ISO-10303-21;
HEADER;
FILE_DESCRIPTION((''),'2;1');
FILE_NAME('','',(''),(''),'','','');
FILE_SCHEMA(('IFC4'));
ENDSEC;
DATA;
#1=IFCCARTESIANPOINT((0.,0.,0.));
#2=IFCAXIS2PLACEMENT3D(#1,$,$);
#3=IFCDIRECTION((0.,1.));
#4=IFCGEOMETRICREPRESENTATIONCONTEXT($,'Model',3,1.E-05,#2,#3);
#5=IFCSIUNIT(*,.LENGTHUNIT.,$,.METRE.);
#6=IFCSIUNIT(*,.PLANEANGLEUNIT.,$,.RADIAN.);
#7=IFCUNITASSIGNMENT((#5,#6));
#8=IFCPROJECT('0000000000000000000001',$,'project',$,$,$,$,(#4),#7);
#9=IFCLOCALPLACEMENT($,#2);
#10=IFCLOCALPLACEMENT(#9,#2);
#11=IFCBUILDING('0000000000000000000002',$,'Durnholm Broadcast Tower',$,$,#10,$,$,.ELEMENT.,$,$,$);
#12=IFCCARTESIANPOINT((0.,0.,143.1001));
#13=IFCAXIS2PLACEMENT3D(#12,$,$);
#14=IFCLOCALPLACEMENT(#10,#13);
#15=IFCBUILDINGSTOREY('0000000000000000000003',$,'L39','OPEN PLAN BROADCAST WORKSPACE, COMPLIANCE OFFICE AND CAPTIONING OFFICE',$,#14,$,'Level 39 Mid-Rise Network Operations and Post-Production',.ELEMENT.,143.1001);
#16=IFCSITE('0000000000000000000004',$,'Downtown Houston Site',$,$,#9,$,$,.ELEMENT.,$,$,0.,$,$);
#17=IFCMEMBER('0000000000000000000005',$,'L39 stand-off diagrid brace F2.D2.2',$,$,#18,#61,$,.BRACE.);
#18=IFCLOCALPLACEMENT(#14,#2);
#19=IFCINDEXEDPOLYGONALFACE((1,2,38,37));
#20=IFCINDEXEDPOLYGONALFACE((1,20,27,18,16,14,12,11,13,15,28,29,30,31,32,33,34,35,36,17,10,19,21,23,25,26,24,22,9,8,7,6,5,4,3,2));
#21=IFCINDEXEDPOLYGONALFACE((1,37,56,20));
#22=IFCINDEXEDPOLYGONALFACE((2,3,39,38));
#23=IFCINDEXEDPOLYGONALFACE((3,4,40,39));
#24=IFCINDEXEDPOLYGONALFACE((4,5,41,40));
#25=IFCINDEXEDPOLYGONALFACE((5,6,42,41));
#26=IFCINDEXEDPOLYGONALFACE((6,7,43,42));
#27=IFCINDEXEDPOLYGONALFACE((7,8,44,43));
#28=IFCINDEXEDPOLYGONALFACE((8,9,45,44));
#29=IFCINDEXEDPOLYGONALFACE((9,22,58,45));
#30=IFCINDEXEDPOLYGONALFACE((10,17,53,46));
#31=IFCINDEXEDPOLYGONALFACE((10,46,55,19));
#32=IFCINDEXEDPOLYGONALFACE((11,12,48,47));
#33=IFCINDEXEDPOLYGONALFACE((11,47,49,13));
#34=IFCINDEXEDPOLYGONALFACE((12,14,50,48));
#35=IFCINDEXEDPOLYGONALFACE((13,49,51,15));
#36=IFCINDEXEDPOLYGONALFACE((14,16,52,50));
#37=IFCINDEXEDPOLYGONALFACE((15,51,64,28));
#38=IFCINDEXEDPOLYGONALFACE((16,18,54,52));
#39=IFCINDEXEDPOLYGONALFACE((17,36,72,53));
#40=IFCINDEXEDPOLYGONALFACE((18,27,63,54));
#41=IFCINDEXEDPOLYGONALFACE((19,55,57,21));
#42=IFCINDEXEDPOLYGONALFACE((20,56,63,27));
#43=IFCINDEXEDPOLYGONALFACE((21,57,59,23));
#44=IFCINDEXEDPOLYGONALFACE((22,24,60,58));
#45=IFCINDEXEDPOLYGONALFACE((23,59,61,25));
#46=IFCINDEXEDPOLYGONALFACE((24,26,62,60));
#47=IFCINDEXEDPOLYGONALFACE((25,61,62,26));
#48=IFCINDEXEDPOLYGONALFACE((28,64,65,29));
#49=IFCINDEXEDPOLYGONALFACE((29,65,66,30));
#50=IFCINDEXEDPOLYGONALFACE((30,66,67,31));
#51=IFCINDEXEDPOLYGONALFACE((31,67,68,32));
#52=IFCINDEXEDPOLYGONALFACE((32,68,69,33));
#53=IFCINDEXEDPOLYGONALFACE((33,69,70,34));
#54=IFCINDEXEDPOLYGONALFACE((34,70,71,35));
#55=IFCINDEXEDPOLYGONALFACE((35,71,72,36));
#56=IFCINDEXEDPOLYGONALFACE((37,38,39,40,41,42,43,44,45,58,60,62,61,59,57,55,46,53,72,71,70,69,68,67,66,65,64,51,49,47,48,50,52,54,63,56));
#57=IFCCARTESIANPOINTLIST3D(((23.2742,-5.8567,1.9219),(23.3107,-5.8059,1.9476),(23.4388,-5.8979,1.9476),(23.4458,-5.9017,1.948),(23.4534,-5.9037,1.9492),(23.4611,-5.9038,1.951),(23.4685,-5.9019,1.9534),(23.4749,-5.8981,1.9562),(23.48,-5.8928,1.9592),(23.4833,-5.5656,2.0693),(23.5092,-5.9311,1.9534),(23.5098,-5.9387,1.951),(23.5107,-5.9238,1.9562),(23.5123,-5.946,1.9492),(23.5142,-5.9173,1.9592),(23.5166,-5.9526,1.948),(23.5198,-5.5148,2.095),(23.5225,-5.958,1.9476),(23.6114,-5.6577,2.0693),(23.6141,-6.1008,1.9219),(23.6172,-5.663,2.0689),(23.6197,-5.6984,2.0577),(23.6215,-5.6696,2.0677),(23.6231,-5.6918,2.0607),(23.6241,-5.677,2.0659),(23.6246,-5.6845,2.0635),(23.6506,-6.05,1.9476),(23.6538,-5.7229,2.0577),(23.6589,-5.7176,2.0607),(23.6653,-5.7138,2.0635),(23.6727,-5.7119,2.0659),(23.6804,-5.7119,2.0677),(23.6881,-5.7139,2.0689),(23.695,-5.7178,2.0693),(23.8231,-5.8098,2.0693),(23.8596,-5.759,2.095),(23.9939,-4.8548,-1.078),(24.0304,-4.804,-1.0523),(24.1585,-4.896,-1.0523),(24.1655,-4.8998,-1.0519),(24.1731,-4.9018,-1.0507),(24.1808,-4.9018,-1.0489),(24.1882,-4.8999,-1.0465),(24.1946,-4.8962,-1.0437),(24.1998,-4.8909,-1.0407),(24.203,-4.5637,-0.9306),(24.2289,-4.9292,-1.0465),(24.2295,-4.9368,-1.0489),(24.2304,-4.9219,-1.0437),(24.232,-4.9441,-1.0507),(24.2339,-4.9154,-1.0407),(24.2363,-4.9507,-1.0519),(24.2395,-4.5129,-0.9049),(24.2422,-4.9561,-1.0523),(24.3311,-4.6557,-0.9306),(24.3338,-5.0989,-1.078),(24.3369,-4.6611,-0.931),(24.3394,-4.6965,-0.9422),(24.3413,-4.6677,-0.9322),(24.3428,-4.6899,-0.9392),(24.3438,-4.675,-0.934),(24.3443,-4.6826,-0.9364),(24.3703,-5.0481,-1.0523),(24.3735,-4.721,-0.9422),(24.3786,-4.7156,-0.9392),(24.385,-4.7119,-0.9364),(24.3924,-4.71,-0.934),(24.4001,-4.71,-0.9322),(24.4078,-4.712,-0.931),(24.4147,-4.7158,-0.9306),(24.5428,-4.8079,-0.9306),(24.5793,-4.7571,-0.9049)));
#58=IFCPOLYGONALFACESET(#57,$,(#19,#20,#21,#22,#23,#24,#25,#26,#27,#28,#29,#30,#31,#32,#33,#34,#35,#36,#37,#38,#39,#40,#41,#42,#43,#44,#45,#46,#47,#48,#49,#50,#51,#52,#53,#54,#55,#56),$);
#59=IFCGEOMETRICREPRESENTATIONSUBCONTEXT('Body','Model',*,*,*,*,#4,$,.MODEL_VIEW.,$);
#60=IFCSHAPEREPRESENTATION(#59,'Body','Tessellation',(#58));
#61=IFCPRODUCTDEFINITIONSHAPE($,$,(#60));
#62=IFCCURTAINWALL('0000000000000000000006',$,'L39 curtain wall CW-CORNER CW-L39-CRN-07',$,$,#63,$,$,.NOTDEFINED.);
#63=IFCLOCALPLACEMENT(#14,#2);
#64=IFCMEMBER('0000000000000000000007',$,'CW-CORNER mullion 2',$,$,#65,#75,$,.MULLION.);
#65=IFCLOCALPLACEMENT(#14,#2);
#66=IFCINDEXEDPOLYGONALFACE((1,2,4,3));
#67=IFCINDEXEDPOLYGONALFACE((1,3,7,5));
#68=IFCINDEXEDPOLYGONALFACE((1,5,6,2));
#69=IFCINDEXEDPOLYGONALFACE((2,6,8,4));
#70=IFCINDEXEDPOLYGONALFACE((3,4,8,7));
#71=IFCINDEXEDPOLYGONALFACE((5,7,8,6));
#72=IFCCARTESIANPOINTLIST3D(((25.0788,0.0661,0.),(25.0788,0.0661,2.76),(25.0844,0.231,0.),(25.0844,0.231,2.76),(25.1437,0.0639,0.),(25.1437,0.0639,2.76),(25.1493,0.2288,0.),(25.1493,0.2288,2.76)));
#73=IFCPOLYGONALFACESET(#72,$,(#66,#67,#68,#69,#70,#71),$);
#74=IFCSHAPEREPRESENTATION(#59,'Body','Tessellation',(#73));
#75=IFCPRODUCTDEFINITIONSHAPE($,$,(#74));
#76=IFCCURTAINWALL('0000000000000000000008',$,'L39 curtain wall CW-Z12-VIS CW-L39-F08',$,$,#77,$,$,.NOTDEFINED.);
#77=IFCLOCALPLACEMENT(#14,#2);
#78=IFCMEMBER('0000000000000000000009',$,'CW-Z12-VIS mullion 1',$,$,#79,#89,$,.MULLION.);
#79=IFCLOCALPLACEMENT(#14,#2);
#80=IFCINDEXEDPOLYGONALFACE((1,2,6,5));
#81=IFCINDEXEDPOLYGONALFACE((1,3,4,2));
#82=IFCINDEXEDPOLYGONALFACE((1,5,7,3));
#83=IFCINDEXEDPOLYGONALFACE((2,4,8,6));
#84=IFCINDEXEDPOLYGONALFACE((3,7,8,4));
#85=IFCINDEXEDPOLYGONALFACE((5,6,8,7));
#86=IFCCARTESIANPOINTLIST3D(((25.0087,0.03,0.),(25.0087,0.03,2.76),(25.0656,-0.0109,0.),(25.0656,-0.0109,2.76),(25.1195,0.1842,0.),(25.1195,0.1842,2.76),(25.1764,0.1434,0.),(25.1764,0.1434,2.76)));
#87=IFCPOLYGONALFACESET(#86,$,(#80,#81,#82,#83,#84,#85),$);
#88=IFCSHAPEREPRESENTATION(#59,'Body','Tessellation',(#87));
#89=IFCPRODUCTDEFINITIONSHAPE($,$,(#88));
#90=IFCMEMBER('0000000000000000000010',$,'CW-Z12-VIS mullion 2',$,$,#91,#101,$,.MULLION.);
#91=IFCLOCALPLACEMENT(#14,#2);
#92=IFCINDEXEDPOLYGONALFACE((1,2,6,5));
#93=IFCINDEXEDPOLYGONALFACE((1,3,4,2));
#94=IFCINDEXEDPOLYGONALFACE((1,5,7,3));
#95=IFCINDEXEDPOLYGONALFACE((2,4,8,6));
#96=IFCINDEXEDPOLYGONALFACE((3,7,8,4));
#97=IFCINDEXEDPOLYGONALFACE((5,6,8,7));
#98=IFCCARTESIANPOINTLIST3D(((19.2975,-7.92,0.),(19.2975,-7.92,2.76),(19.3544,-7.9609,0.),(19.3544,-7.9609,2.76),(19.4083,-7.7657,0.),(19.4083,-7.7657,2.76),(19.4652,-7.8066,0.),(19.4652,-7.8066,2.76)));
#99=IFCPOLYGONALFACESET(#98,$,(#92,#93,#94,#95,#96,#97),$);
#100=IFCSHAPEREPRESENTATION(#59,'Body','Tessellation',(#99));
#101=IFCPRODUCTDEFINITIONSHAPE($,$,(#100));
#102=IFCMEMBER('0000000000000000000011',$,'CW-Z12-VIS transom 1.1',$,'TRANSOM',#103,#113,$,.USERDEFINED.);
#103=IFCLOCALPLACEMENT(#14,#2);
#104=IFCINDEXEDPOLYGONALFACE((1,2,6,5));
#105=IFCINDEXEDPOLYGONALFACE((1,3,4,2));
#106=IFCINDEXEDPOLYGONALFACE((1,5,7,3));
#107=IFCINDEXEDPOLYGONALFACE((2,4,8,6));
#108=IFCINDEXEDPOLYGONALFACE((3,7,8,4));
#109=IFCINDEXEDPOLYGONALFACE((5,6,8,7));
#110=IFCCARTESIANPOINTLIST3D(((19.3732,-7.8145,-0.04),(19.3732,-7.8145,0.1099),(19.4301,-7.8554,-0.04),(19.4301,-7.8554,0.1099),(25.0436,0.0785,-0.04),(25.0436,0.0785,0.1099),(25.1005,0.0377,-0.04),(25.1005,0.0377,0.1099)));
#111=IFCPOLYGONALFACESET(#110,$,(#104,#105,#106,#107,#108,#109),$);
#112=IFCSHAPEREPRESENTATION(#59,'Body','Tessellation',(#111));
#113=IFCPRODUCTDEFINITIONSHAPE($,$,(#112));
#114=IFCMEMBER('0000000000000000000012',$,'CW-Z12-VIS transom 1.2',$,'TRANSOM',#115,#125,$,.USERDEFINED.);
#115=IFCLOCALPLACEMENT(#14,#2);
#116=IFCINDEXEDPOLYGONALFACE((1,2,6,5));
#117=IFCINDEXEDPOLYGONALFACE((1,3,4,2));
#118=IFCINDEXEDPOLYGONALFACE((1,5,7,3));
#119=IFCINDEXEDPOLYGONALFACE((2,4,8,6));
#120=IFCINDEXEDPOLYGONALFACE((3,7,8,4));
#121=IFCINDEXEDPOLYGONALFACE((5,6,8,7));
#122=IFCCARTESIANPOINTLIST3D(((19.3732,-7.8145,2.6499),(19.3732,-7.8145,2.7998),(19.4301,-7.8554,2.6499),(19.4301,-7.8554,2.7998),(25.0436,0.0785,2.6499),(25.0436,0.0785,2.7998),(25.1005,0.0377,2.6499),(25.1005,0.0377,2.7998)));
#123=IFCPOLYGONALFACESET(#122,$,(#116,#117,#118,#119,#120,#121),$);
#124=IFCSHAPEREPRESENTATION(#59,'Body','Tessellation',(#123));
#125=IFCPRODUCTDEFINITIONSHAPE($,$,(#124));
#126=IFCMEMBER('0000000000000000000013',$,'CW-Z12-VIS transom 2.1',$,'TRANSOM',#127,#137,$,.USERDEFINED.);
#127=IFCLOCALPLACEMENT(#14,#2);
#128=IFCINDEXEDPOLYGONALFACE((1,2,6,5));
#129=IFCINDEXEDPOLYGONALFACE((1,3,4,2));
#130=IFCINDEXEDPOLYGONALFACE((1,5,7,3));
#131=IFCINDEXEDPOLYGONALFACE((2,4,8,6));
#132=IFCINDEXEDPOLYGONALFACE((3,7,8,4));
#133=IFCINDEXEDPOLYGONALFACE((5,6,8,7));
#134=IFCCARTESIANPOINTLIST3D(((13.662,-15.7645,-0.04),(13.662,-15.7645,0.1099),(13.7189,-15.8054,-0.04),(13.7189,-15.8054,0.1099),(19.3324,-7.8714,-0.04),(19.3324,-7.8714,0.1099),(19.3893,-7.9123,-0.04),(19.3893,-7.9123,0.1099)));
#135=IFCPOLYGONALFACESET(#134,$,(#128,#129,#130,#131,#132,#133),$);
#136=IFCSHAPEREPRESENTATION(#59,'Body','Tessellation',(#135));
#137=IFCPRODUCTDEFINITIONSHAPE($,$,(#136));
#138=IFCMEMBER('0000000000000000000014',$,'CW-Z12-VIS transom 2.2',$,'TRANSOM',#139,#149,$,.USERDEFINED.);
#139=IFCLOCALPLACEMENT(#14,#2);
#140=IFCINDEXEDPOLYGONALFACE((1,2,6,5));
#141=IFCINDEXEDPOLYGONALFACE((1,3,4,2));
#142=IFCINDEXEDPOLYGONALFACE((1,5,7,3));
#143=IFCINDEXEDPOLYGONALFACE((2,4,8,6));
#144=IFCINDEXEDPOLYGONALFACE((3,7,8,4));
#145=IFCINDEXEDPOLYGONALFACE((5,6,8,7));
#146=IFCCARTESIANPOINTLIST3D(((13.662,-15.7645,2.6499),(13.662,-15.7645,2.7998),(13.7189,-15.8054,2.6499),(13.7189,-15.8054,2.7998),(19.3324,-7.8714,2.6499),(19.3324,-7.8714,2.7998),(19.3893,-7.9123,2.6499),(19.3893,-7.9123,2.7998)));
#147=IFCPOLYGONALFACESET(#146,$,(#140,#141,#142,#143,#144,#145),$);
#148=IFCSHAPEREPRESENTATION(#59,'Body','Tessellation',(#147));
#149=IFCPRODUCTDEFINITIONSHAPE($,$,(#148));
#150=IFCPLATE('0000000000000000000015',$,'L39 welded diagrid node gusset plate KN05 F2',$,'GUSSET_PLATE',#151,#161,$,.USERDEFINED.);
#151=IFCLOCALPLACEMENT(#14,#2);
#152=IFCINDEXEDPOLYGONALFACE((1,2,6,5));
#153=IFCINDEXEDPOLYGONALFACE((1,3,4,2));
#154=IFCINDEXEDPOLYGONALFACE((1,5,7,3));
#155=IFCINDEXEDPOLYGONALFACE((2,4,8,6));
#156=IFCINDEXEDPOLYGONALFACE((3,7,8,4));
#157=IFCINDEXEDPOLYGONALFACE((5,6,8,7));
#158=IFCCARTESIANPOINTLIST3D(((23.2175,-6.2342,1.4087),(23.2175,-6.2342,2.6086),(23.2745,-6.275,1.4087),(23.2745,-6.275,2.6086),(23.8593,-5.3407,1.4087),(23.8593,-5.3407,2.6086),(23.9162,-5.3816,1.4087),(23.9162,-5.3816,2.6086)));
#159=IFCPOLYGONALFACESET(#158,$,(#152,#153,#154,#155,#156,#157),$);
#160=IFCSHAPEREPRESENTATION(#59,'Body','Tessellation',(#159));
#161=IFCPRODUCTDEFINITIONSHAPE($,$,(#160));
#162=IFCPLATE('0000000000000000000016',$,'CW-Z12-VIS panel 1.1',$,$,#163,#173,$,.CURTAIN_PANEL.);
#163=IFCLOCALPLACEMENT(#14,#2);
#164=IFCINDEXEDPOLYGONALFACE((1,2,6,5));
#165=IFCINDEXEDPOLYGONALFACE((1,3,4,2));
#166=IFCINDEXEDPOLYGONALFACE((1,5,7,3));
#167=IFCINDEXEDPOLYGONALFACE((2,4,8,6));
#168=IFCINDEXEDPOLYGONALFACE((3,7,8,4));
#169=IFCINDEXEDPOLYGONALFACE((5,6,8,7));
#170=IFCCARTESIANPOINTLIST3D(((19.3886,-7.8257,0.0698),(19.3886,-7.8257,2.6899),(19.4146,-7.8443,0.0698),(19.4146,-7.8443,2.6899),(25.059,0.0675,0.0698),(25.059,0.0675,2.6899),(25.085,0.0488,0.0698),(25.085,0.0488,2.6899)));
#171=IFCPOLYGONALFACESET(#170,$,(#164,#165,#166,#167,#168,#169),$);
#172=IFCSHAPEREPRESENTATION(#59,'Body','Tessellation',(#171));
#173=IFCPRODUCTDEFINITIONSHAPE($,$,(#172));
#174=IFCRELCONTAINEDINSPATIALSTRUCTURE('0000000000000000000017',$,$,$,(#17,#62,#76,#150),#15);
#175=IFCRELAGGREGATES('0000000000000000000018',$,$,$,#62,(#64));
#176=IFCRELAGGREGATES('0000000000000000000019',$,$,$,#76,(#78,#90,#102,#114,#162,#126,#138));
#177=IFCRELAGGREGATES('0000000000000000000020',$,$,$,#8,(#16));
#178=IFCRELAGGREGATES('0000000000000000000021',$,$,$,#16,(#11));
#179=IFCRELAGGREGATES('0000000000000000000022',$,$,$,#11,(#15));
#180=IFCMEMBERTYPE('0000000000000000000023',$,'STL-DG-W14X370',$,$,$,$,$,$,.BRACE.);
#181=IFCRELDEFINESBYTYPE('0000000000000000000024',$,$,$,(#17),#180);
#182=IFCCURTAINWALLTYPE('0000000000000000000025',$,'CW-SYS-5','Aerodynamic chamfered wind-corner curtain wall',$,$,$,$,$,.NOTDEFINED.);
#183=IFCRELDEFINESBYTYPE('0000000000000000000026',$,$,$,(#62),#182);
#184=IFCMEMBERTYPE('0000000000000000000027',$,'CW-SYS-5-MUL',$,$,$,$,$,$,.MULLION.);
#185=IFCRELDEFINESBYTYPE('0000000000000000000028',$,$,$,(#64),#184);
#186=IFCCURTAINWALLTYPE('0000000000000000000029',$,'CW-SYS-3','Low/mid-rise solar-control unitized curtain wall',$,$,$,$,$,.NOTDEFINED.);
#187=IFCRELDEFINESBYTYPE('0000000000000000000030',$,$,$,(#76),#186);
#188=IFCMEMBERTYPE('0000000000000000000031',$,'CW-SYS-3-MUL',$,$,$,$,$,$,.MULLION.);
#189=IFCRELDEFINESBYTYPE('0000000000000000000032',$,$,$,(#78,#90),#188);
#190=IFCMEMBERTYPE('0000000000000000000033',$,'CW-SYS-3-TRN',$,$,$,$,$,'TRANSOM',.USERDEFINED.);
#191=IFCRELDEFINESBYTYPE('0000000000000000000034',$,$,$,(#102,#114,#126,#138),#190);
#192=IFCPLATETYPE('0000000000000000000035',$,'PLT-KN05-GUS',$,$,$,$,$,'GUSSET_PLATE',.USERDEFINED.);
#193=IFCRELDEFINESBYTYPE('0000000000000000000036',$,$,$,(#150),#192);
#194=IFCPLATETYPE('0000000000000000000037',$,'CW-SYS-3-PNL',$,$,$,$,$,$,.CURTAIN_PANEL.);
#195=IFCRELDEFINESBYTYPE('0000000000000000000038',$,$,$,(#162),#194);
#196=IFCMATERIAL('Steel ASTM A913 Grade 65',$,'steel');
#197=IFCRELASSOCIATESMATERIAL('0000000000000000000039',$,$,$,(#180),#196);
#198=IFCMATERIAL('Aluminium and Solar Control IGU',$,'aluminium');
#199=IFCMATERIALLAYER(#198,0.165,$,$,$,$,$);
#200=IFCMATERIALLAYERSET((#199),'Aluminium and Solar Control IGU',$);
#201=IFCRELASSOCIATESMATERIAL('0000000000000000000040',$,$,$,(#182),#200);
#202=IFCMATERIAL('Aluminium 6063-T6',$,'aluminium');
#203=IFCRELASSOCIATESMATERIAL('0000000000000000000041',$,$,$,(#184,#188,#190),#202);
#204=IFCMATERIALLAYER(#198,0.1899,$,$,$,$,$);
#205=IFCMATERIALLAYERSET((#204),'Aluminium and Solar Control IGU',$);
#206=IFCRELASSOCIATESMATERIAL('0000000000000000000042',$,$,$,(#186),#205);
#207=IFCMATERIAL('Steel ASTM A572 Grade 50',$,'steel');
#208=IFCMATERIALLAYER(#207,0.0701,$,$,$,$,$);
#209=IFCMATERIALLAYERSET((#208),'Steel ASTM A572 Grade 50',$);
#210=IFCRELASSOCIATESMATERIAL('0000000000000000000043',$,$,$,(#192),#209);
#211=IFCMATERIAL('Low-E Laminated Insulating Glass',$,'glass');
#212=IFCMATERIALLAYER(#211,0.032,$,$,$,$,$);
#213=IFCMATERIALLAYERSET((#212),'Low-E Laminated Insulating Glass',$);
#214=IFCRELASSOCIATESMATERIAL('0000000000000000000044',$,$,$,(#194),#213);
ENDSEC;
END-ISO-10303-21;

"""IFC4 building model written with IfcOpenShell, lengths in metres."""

from ifc_helpers import new_model, si_unit, direction, frame, origin, origin_2d, place, context, subcontext, project, spatial, rectangle, i_section, extrude, source, transform, mapped, material, layer, layer_set, material_profile, profile_set, type_object, type_shapes, element, aggregate, save


model = new_model("IFC4")

# Units and contexts
model_context = context("Model", 3, precision=1e-05, world=origin(), true_north=direction((0.0, 1.0)))
body_context = subcontext(model_context, "Body", "Model", "MODEL_VIEW")
ifc_project = project(units=[si_unit("LENGTHUNIT", "METRE"), si_unit("PLANEANGLEUNIT", "RADIAN")], contexts=[model_context])

# Site, building, storey
site_placement = place(None, origin())
site = spatial("IfcSite", under=ifc_project, at=site_placement, Name="Downtown Houston Site", CompositionType="ELEMENT", RefElevation=0.0)
building_placement = place(site_placement, origin())
building = spatial("IfcBuilding", under=site, at=building_placement, Name="Durnholm Broadcast Tower", CompositionType="ELEMENT")
storey_placement = place(building_placement, frame((0.0, 0.0, 143.1001)))
storey = spatial("IfcBuildingStorey", under=building, at=storey_placement, Name="L39", Description="OPEN PLAN BROADCAST WORKSPACE, COMPLIANCE OFFICE AND CAPTIONING OFFICE", LongName="Level 39 Mid-Rise Network Operations and Post-Production", CompositionType="ELEMENT", Elevation=143.1001)

# Member
ifc_material_1 = material(Name="Steel ASTM A913 Grade 65", Category="steel")
ifc_material_profile_1 = material_profile(ifc_material_1, i_section(OverallWidth=0.4185, OverallDepth=0.4551, WebThickness=0.042, FlangeThickness=0.0676, FilletRadius=0.0305, at=origin_2d()), Name="W14X370")
ifc_profile_set_1 = profile_set([ifc_material_profile_1], Name="Steel ASTM A913 Grade 65")
member_type_1 = type_object("IfcMemberType", Name="STL-DG-W14X370", PredefinedType="BRACE", material=ifc_profile_set_1)
shared_shape_1 = source(origin(), body_context, "Body", "SweptSolid", [
    extrude(i_section(OverallWidth=0.4185, OverallDepth=0.4551, WebThickness=0.042, FlangeThickness=0.0676, FilletRadius=0.0305, at=origin_2d()), origin(), (0.0, 0.0, 1.0), 3.2437),
])
member_1_placement = place(storey_placement, frame((24.2866, -4.8059, -0.9915), z_axis=(-0.221881, -0.308887, 0.924855), x_axis=(0.812179, -0.583408, 0.0)))
element("IfcMember", 1, at=member_1_placement, inside=storey, type_object=member_type_1, Name="L39 stand-off diagrid brace F2.D2.2", PredefinedType="BRACE", context=body_context, shape_type="MappedRepresentation", body=[
    mapped(shared_shape_1, transform((0.0, 0.0, 0.0), x_axis=(1.0, 0.0, 0.0), y_axis=(0.0, 1.0, 0.0), z_axis=(0.0, 0.0, 1.0), scale=1.0)),
])

# Curtain wall, member
ifc_material_2 = material(Name="Aluminium and Solar Control IGU", Category="aluminium")
ifc_layer_1 = layer(ifc_material_2, 0.165)
ifc_layer_set_1 = layer_set([ifc_layer_1], Name="Aluminium and Solar Control IGU")
curtain_wall_type_1 = type_object("IfcCurtainWallType", Name="CW-SYS-5", Description="Aerodynamic chamfered wind-corner curtain wall", PredefinedType="NOTDEFINED", material=ifc_layer_set_1)
curtain_wall_1_placement = place(storey_placement, origin())
curtain_wall_1 = element("IfcCurtainWall", 2, at=curtain_wall_1_placement, inside=storey, type_object=curtain_wall_type_1, Name="L39 curtain wall CW-CORNER CW-L39-CRN-07", PredefinedType="NOTDEFINED")
ifc_material_3 = material(Name="Aluminium 6063-T6", Category="aluminium")
ifc_material_profile_2 = material_profile(ifc_material_3, rectangle(XDim=0.0649, YDim=0.165, at=origin_2d()), Name="CWM65X165")
ifc_profile_set_2 = profile_set([ifc_material_profile_2], Name="Aluminium 6063-T6")
member_type_2 = type_object("IfcMemberType", Name="CW-SYS-5-MUL", PredefinedType="MULLION", material=ifc_profile_set_2)
shared_shape_2 = source(origin(), body_context, "Body", "SweptSolid", [
    extrude(rectangle(XDim=0.0649, YDim=0.165, at=origin_2d()), origin(), (0.0, 0.0, 1.0), 2.76),
])
type_shapes(member_type_2, [shared_shape_2])
member_2_placement = place(storey_placement, frame((25.114, 0.1475, 0.0), z_axis=(0.0, 0.0, 1.0), x_axis=(0.999425, -0.033917, 0.0)))
member_2 = element("IfcMember", 3, at=member_2_placement, type_object=member_type_2, Name="CW-CORNER mullion 2", PredefinedType="MULLION", context=body_context, shape_type="MappedRepresentation", body=[
    mapped(shared_shape_2, transform((0.0, 0.0, 0.0), x_axis=(1.0, 0.0, 0.0), y_axis=(0.0, 1.0, 0.0), z_axis=(0.0, 0.0, 1.0), scale=1.0)),
])
aggregate(curtain_wall_1, [member_2])

# Curtain wall, members
ifc_layer_2 = layer(ifc_material_2, 0.1899)
ifc_layer_set_2 = layer_set([ifc_layer_2], Name="Aluminium and Solar Control IGU")
curtain_wall_type_2 = type_object("IfcCurtainWallType", Name="CW-SYS-3", Description="Low/mid-rise solar-control unitized curtain wall", PredefinedType="NOTDEFINED", material=ifc_layer_set_2)
curtain_wall_2_placement = place(storey_placement, origin())
curtain_wall_2 = element("IfcCurtainWall", 4, at=curtain_wall_2_placement, inside=storey, type_object=curtain_wall_type_2, Name="L39 curtain wall CW-Z12-VIS CW-L39-F08", PredefinedType="NOTDEFINED")
ifc_material_profile_3 = material_profile(ifc_material_3, rectangle(XDim=0.0701, YDim=0.1899, at=origin_2d()), Name="CWM70X190")
ifc_profile_set_3 = profile_set([ifc_material_profile_3], Name="Aluminium 6063-T6")
member_type_3 = type_object("IfcMemberType", Name="CW-SYS-3-MUL", PredefinedType="MULLION", material=ifc_profile_set_3)
shared_shape_3 = source(origin(), body_context, "Body", "SweptSolid", [
    extrude(rectangle(XDim=0.0701, YDim=0.1899, at=origin_2d()), origin(), (0.0, 0.0, 1.0), 2.76),
])
type_shapes(member_type_3, [shared_shape_3])
member_3_placement = place(storey_placement, frame((25.0925, 0.0867, 0.0), z_axis=(0.0, 0.0, 1.0), x_axis=(0.812152, -0.583445, 0.0)))
member_3 = element("IfcMember", 5, at=member_3_placement, type_object=member_type_3, Name="CW-Z12-VIS mullion 1", PredefinedType="MULLION", context=body_context, shape_type="MappedRepresentation", body=[
    mapped(shared_shape_3, transform((0.0, 0.0, 0.0), x_axis=(1.0, 0.0, 0.0), y_axis=(0.0, 1.0, 0.0), z_axis=(0.0, 0.0, 1.0), scale=1.0)),
])
member_4_placement = place(storey_placement, frame((19.3813, -7.8633, 0.0), z_axis=(0.0, 0.0, 1.0), x_axis=(0.812152, -0.583445, 0.0)))
member_4 = element("IfcMember", 6, at=member_4_placement, type_object=member_type_3, Name="CW-Z12-VIS mullion 2", PredefinedType="MULLION", context=body_context, shape_type="MappedRepresentation", body=[
    mapped(shared_shape_3, transform((0.0, 0.0, 0.0), x_axis=(1.0, 0.0, 0.0), y_axis=(0.0, 1.0, 0.0), z_axis=(0.0, 0.0, 1.0), scale=1.0)),
])
ifc_material_profile_4 = material_profile(ifc_material_3, rectangle(XDim=0.0701, YDim=0.1499, at=origin_2d()), Name="CWT70X150")
ifc_profile_set_4 = profile_set([ifc_material_profile_4], Name="Aluminium 6063-T6")
member_type_4 = type_object("IfcMemberType", Name="CW-SYS-3-TRN", ElementType="TRANSOM", PredefinedType="USERDEFINED", material=ifc_profile_set_4)
shared_shape_4 = source(origin(), body_context, "Body", "SweptSolid", [
    extrude(rectangle(XDim=0.0701, YDim=0.1499, at=origin_2d()), origin(), (0.0, 0.0, 1.0), 9.7188),
])
type_shapes(member_type_4, [shared_shape_4])
member_5_placement = place(storey_placement, frame((25.072, 0.0581, 0.0349), z_axis=(-0.583451, -0.812149, 0.0), x_axis=(0.812149, -0.583451, 0.0)))
member_5 = element("IfcMember", 7, at=member_5_placement, type_object=member_type_4, Name="CW-Z12-VIS transom 1.1", ObjectType="TRANSOM", PredefinedType="USERDEFINED", context=body_context, shape_type="MappedRepresentation", body=[
    mapped(shared_shape_4, transform((0.0, 0.0, 0.0), x_axis=(1.0, 0.0, 0.0), y_axis=(0.0, 1.0, 0.0), z_axis=(0.0, 0.0, 1.0), scale=1.0)),
])
member_6_placement = place(storey_placement, frame((25.072, 0.0581, 2.7249), z_axis=(-0.583451, -0.812149, 0.0), x_axis=(0.812149, -0.583451, 0.0)))
member_6 = element("IfcMember", 8, at=member_6_placement, type_object=member_type_4, Name="CW-Z12-VIS transom 1.2", ObjectType="TRANSOM", PredefinedType="USERDEFINED", context=body_context, shape_type="MappedRepresentation", body=[
    mapped(shared_shape_4, transform((0.0, 0.0, 0.0), x_axis=(1.0, 0.0, 0.0), y_axis=(0.0, 1.0, 0.0), z_axis=(0.0, 0.0, 1.0), scale=1.0)),
])
member_7_placement = place(storey_placement, frame((19.3608, -7.8918, 0.0349), z_axis=(-0.583451, -0.812149, 0.0), x_axis=(0.812149, -0.583451, 0.0)))
member_7 = element("IfcMember", 9, at=member_7_placement, type_object=member_type_4, Name="CW-Z12-VIS transom 2.1", ObjectType="TRANSOM", PredefinedType="USERDEFINED", context=body_context, shape_type="MappedRepresentation", body=[
    mapped(shared_shape_4, transform((0.0, 0.0, 0.0), x_axis=(1.0, 0.0, 0.0), y_axis=(0.0, 1.0, 0.0), z_axis=(0.0, 0.0, 1.0), scale=1.0)),
])
member_8_placement = place(storey_placement, frame((19.3608, -7.8918, 2.7249), z_axis=(-0.583451, -0.812149, 0.0), x_axis=(0.812149, -0.583451, 0.0)))
member_8 = element("IfcMember", 10, at=member_8_placement, type_object=member_type_4, Name="CW-Z12-VIS transom 2.2", ObjectType="TRANSOM", PredefinedType="USERDEFINED", context=body_context, shape_type="MappedRepresentation", body=[
    mapped(shared_shape_4, transform((0.0, 0.0, 0.0), x_axis=(1.0, 0.0, 0.0), y_axis=(0.0, 1.0, 0.0), z_axis=(0.0, 0.0, 1.0), scale=1.0)),
])

# Plates
ifc_material_4 = material(Name="Steel ASTM A572 Grade 50", Category="steel")
ifc_layer_3 = layer(ifc_material_4, 0.0701)
ifc_layer_set_3 = layer_set([ifc_layer_3], Name="Steel ASTM A572 Grade 50")
plate_type_1 = type_object("IfcPlateType", Name="PLT-KN05-GUS", ElementType="GUSSET_PLATE", PredefinedType="USERDEFINED", material=ifc_layer_set_3)
shared_shape_5 = source(origin(), body_context, "Body", "SweptSolid", [
    extrude(rectangle(XDim=1.1001, YDim=0.0701, at=origin_2d()), origin(), (0.0, 0.0, 1.0), 1.2),
])
type_shapes(plate_type_1, [shared_shape_5])
plate_1_placement = place(storey_placement, frame((23.5669, -5.8079, 1.4087), z_axis=(0.0, 0.0, 1.0), x_axis=(0.583399, 0.812185, 0.0)))
element("IfcPlate", 11, at=plate_1_placement, inside=storey, type_object=plate_type_1, Name="L39 welded diagrid node gusset plate KN05 F2", ObjectType="GUSSET_PLATE", PredefinedType="USERDEFINED", context=body_context, shape_type="MappedRepresentation", body=[
    mapped(shared_shape_5, transform((0.0, 0.0, 0.0), x_axis=(1.0, 0.0, 0.0), y_axis=(0.0, 1.0, 0.0), z_axis=(0.0, 0.0, 1.0), scale=1.0)),
])
ifc_material_5 = material(Name="Low-E Laminated Insulating Glass", Category="glass")
ifc_layer_4 = layer(ifc_material_5, 0.032)
ifc_layer_set_4 = layer_set([ifc_layer_4], Name="Low-E Laminated Insulating Glass")
plate_type_2 = type_object("IfcPlateType", Name="CW-SYS-3-PNL", PredefinedType="CURTAIN_PANEL", material=ifc_layer_set_4)
shared_shape_6 = source(origin(), body_context, "Body", "SweptSolid", [
    extrude(rectangle(XDim=9.7188, YDim=0.032, at=origin_2d()), origin(), (0.0, 0.0, 1.0), 2.6201),
])
type_shapes(plate_type_2, [shared_shape_6])
plate_2_placement = place(storey_placement, frame((22.2368, -3.8884, 0.0698), z_axis=(0.0, 0.0, 1.0), x_axis=(-0.583445, -0.812152, 0.0)))
plate_2 = element("IfcPlate", 12, at=plate_2_placement, type_object=plate_type_2, Name="CW-Z12-VIS panel 1.1", PredefinedType="CURTAIN_PANEL", context=body_context, shape_type="MappedRepresentation", body=[
    mapped(shared_shape_6, transform((0.0, 0.0, 0.0), x_axis=(1.0, 0.0, 0.0), y_axis=(0.0, 1.0, 0.0), z_axis=(0.0, 0.0, 1.0), scale=1.0)),
])
aggregate(curtain_wall_2, [member_3, member_4, member_5, member_6, plate_2, member_7, member_8])

save(model, "model.ifc")
